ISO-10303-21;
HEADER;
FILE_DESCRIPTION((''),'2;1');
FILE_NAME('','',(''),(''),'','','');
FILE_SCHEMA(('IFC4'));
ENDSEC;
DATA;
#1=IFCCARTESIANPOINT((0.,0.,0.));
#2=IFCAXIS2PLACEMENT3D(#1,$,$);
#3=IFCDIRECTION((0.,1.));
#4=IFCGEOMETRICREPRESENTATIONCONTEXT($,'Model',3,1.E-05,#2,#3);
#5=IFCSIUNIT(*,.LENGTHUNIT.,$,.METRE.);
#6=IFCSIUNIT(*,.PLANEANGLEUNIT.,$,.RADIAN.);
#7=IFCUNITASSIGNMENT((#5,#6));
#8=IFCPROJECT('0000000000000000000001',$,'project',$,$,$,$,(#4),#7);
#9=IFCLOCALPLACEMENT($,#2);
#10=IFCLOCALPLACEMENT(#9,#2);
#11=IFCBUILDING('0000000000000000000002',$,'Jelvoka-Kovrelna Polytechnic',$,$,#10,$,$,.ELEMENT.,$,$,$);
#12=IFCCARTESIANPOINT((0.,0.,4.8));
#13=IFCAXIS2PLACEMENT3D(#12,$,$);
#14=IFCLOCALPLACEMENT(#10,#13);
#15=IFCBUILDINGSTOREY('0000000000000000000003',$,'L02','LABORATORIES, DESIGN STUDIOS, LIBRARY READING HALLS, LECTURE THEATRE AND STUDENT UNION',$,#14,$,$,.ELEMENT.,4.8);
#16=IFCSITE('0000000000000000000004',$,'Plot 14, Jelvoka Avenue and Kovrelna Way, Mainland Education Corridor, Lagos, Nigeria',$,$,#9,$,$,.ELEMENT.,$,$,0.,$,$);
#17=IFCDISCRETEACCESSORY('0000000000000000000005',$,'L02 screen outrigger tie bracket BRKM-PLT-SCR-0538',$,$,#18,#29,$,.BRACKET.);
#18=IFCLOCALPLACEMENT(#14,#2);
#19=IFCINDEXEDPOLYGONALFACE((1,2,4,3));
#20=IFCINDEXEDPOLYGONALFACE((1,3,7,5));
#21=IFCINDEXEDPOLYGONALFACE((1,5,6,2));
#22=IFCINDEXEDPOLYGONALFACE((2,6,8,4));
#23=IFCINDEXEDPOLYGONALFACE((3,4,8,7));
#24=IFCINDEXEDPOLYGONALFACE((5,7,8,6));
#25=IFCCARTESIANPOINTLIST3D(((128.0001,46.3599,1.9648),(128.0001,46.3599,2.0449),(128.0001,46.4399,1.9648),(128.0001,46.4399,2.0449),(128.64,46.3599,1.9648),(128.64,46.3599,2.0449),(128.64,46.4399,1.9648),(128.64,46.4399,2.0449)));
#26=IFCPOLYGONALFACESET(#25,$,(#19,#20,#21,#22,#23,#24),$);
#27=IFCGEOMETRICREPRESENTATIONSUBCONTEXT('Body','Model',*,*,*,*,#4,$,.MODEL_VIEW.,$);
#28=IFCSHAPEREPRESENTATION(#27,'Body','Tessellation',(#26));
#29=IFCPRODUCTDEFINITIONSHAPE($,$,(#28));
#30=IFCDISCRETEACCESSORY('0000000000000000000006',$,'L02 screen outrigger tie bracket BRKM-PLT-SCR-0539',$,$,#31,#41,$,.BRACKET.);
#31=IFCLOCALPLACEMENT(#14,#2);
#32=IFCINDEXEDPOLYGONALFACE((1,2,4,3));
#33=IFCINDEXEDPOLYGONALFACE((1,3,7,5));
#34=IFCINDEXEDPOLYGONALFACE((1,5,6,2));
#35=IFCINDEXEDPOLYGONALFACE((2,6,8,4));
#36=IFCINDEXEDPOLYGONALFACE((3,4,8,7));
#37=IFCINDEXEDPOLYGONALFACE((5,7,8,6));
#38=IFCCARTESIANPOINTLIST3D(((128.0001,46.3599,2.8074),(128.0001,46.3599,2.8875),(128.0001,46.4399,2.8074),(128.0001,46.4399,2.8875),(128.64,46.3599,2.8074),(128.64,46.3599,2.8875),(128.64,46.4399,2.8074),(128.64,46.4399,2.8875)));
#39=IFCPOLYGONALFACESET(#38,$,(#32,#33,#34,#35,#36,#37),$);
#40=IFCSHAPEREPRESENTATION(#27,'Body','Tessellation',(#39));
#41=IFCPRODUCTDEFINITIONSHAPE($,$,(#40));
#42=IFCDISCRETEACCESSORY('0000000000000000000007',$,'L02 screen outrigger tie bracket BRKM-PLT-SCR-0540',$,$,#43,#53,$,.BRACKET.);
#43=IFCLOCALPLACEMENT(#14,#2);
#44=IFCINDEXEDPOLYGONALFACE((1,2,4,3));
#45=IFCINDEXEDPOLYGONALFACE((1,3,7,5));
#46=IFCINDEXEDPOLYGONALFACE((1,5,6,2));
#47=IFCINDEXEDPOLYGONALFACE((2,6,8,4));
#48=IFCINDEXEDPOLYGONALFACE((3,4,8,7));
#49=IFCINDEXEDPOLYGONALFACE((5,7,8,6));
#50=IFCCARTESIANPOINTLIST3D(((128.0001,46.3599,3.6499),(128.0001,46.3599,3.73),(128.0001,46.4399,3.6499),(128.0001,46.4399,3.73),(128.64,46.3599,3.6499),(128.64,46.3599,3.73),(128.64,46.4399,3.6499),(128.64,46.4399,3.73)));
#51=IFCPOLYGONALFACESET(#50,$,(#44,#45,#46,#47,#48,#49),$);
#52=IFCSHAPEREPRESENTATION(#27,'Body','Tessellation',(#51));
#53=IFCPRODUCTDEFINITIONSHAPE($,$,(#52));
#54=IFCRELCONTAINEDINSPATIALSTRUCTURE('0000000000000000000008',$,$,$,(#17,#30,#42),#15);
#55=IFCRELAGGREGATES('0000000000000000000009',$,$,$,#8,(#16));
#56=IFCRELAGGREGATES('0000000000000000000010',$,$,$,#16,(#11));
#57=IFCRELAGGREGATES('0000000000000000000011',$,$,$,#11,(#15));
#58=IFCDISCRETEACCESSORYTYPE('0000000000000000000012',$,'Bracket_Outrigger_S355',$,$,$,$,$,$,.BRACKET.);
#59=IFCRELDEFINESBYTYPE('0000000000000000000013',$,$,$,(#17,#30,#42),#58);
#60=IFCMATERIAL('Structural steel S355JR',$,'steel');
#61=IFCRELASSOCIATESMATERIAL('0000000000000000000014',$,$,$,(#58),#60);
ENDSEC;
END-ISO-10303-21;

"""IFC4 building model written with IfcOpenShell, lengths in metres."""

from ifc_helpers import new_model, si_unit, direction, frame, origin, origin_2d, place, context, subcontext, project, spatial, rectangle, extrude, material, type_object, element, save


model = new_model("IFC4")

# Units and contexts
model_context = context("Model", 3, precision=1e-05, world=origin(), true_north=direction((0.0, 1.0)))
body_context = subcontext(model_context, "Body", "Model", "MODEL_VIEW")
ifc_project = project(units=[si_unit("LENGTHUNIT", "METRE"), si_unit("PLANEANGLEUNIT", "RADIAN")], contexts=[model_context])

# Site, building, storey
site_placement = place(None, origin())
site = spatial("IfcSite", under=ifc_project, at=site_placement, Name="Plot 14, Jelvoka Avenue and Kovrelna Way, Mainland Education Corridor, Lagos, Nigeria", CompositionType="ELEMENT", RefElevation=0.0)
building_placement = place(site_placement, origin())
building = spatial("IfcBuilding", under=site, at=building_placement, Name="Jelvoka-Kovrelna Polytechnic", CompositionType="ELEMENT")
storey_placement = place(building_placement, frame((0.0, 0.0, 4.8)))
storey = spatial("IfcBuildingStorey", under=building, at=storey_placement, Name="L02", Description="LABORATORIES, DESIGN STUDIOS, LIBRARY READING HALLS, LECTURE THEATRE AND STUDENT UNION", CompositionType="ELEMENT", Elevation=4.8)

# Discrete accessories
ifc_material_1 = material(Name="Structural steel S355JR", Category="steel")
discrete_accessory_type = type_object("IfcDiscreteAccessoryType", Name="Bracket_Outrigger_S355", PredefinedType="BRACKET", material=ifc_material_1)
for number, where, z_axis, x_axis, name in (
    (1, (128.3201, 46.3999, 1.9648), (0.0, 0.0, 1.0), (1.0, 0.0, 0.0), "L02 screen outrigger tie bracket BRKM-PLT-SCR-0538"),
    (2, (128.3201, 46.3999, 2.8074), (0.0, 0.0, 1.0), (1.0, 0.0, 0.0), "L02 screen outrigger tie bracket BRKM-PLT-SCR-0539"),
    (3, (128.3201, 46.3999, 3.6499), (0.0, 0.0, 1.0), (1.0, 0.0, 0.0), "L02 screen outrigger tie bracket BRKM-PLT-SCR-0540"),
):
    element("IfcDiscreteAccessory", number, at=place(storey_placement, frame(where, z_axis=z_axis, x_axis=x_axis)), inside=storey, type_object=discrete_accessory_type, Name=name, PredefinedType="BRACKET", context=body_context, shape_type="SweptSolid", body=[
        extrude(rectangle(XDim=0.6399, YDim=0.0801, at=origin_2d()), origin(), (0.0, 0.0, 1.0), 0.0801),
    ])

save(model, "model.ifc")
